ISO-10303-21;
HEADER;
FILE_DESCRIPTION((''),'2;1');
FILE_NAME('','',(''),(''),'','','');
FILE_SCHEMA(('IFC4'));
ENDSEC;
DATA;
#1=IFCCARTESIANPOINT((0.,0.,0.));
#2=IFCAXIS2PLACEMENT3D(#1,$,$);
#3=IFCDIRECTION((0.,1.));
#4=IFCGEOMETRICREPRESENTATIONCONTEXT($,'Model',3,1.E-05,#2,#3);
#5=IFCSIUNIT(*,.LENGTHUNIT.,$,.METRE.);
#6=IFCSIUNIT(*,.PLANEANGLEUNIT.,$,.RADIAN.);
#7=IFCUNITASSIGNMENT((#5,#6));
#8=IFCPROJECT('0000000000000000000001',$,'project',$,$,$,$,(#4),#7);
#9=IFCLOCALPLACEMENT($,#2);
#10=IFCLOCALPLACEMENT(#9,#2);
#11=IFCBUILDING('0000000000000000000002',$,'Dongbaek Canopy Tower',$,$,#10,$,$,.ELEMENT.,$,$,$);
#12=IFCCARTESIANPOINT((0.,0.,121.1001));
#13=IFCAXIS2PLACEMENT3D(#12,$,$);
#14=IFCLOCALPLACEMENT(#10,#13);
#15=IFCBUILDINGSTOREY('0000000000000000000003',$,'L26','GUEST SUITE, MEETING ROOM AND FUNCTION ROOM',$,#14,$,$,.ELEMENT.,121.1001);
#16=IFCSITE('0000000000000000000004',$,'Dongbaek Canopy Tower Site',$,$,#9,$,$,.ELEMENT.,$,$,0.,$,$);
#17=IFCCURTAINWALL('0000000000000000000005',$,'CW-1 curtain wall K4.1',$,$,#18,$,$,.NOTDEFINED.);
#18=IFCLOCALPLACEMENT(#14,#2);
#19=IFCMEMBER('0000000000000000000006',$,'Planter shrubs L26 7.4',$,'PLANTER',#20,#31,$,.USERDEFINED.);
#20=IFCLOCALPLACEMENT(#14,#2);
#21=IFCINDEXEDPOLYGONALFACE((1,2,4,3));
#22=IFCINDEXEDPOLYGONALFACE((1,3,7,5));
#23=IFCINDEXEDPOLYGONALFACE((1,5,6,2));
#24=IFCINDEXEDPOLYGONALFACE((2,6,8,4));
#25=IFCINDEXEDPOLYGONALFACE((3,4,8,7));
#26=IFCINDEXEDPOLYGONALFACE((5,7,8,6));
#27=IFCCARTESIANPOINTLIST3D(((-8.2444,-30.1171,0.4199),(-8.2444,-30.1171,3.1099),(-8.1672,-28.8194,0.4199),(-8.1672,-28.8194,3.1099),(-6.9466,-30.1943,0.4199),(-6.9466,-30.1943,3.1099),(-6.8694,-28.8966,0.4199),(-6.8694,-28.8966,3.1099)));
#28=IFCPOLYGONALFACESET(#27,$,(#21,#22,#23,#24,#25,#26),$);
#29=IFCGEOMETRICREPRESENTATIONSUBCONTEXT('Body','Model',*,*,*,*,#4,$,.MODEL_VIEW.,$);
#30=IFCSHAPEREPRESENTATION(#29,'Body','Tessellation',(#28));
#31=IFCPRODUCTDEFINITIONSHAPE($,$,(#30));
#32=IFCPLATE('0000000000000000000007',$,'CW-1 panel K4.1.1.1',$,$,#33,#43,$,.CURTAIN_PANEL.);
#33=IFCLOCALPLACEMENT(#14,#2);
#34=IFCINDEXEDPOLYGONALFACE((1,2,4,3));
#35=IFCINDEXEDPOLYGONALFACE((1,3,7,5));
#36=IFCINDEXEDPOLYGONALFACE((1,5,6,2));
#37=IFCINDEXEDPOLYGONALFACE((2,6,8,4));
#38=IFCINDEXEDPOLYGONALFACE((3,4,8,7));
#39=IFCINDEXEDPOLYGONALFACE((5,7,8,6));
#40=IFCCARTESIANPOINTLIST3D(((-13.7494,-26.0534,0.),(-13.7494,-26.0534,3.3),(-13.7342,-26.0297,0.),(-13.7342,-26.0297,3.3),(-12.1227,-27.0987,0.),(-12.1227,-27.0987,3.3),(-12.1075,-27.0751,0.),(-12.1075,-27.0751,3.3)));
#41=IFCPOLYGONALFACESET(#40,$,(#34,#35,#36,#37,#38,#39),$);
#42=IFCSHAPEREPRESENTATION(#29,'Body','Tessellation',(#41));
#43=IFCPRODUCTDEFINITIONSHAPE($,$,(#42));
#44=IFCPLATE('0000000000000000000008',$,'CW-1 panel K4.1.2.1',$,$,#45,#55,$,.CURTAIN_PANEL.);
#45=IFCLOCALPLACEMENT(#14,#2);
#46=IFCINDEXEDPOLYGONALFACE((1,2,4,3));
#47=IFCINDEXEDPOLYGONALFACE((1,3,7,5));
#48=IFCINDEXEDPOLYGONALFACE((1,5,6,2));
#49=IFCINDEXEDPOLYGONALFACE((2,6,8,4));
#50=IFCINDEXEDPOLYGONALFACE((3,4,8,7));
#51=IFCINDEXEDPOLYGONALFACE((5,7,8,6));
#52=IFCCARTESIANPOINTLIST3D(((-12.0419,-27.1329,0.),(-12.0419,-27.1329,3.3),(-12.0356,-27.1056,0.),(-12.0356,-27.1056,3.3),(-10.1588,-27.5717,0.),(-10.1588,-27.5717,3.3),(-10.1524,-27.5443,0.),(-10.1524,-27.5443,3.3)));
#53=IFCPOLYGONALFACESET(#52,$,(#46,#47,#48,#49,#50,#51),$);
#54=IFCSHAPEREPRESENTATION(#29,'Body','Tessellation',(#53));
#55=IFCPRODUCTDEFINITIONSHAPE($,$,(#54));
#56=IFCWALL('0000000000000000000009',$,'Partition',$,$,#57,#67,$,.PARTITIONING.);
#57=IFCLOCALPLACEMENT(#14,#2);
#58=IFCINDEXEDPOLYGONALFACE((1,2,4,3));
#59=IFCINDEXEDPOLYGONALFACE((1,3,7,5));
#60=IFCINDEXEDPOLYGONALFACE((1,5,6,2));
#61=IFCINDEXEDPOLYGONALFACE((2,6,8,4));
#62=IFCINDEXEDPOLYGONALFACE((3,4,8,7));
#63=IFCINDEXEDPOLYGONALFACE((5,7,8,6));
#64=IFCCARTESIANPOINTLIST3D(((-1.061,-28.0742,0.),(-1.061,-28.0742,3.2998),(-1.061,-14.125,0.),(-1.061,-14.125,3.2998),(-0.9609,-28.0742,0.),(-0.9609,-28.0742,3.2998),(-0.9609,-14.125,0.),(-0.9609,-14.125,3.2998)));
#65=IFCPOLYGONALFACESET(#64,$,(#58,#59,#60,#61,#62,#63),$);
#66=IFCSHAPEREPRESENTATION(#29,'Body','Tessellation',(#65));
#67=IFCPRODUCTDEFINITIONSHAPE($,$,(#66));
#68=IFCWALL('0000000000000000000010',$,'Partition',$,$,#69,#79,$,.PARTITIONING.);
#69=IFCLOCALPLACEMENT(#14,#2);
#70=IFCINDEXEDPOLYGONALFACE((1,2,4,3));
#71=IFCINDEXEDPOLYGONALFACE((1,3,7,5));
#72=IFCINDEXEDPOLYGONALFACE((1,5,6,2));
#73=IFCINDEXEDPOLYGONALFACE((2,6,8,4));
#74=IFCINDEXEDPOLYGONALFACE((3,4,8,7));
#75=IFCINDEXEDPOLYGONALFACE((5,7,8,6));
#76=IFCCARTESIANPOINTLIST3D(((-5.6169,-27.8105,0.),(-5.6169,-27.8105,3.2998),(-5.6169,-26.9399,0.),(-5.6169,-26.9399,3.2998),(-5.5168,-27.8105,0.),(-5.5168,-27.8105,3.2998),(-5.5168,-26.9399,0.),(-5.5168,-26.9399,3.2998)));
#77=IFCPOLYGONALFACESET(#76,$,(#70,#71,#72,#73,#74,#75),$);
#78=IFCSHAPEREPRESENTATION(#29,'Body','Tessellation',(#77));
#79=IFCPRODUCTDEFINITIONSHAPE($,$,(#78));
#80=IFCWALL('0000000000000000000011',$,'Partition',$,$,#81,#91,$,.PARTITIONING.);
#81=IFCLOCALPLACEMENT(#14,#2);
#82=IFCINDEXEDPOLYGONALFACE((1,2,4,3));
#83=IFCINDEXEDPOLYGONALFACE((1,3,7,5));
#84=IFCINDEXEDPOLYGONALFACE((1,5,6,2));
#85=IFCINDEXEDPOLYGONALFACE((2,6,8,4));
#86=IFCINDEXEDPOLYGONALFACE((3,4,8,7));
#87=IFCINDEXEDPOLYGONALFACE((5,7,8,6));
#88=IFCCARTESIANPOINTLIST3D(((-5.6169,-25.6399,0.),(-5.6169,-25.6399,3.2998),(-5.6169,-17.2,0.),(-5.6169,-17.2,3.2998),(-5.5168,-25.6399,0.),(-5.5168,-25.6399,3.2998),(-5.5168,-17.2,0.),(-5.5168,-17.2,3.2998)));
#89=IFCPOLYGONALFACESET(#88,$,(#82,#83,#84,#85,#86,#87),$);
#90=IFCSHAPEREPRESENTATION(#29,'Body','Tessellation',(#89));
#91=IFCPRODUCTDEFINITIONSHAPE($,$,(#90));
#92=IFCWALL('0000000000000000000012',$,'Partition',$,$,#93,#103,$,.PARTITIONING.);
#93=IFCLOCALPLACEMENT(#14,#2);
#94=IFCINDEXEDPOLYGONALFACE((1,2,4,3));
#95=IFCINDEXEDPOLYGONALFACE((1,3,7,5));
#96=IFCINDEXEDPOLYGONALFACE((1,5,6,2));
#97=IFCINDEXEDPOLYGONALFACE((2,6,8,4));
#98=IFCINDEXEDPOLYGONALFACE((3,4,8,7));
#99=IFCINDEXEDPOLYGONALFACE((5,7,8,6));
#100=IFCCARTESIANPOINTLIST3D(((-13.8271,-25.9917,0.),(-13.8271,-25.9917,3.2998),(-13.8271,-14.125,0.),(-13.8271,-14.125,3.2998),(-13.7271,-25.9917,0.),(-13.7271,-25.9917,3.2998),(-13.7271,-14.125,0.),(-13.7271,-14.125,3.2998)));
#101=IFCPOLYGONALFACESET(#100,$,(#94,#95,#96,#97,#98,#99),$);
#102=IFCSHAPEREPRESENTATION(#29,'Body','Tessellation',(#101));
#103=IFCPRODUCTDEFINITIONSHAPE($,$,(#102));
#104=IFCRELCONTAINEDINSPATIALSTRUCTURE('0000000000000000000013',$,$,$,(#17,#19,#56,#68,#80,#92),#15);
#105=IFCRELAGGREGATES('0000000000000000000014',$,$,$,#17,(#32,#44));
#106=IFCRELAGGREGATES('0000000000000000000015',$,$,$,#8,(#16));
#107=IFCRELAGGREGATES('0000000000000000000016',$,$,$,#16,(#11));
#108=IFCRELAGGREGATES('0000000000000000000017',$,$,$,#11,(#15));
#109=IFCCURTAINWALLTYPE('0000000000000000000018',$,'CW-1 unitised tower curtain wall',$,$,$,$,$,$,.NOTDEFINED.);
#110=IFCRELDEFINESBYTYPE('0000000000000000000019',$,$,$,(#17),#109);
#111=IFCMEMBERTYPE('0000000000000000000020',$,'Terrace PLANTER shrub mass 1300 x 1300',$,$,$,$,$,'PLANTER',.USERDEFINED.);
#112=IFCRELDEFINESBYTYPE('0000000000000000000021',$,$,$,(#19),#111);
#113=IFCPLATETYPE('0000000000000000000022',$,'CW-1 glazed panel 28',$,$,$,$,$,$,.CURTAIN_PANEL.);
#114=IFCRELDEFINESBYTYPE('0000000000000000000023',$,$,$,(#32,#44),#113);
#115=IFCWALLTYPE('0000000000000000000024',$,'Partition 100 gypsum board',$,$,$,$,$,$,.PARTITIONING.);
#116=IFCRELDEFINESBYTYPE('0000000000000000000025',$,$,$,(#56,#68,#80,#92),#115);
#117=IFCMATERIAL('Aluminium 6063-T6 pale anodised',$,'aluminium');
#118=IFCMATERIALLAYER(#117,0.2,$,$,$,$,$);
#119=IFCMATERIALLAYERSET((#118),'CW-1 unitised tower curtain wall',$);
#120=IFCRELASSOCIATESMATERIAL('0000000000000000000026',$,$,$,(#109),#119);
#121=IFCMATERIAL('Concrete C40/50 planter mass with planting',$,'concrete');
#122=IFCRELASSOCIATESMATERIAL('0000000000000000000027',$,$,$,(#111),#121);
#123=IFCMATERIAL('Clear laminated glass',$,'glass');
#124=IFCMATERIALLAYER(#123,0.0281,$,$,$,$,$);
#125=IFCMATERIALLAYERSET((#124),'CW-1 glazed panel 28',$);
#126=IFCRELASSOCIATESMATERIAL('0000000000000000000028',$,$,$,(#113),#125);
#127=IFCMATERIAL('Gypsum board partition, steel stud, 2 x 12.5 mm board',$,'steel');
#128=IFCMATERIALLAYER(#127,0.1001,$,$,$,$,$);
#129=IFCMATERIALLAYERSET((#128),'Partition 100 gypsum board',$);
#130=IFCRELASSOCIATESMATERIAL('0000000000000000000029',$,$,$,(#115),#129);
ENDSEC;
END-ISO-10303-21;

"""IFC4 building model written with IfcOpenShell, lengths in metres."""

from ifc_helpers import new_model, si_unit, direction, frame, frame_2d, origin, origin_2d, place, context, subcontext, project, spatial, rectangle, extrude, material, layer, layer_set, material_profile, profile_set, type_object, element, aggregate, save


model = new_model("IFC4")

# Units and contexts
model_context = context("Model", 3, precision=1e-05, world=origin(), true_north=direction((0.0, 1.0)))
body_context = subcontext(model_context, "Body", "Model", "MODEL_VIEW")
ifc_project = project(units=[si_unit("LENGTHUNIT", "METRE"), si_unit("PLANEANGLEUNIT", "RADIAN")], contexts=[model_context])

# Site, building, storey
site_placement = place(None, origin())
site = spatial("IfcSite", under=ifc_project, at=site_placement, Name="Dongbaek Canopy Tower Site", CompositionType="ELEMENT", RefElevation=0.0)
building_placement = place(site_placement, origin())
building = spatial("IfcBuilding", under=site, at=building_placement, Name="Dongbaek Canopy Tower", CompositionType="ELEMENT")
storey_placement = place(building_placement, frame((0.0, 0.0, 121.1001)))
storey = spatial("IfcBuildingStorey", under=building, at=storey_placement, Name="L26", Description="GUEST SUITE, MEETING ROOM AND FUNCTION ROOM", CompositionType="ELEMENT", Elevation=121.1001)

# Curtain wall
ifc_material_1 = material(Name="Aluminium 6063-T6 pale anodised", Category="aluminium")
ifc_layer_1 = layer(ifc_material_1, 0.2)
ifc_layer_set_1 = layer_set([ifc_layer_1], Name="CW-1 unitised tower curtain wall")
curtain_wall_type = type_object("IfcCurtainWallType", Name="CW-1 unitised tower curtain wall", PredefinedType="NOTDEFINED", material=ifc_layer_set_1)
curtain_wall_placement = place(storey_placement, origin())
curtain_wall = element("IfcCurtainWall", 1, at=curtain_wall_placement, inside=storey, type_object=curtain_wall_type, Name="CW-1 curtain wall K4.1", PredefinedType="NOTDEFINED")

# Member
ifc_material_2 = material(Name="Concrete C40/50 planter mass with planting", Category="concrete")
ifc_material_profile_1 = material_profile(ifc_material_2, rectangle(XDim=1.3, YDim=1.3, at=origin_2d()), Name="Terrace PLANTER shrub mass 1300 x 1300")
ifc_profile_set_1 = profile_set([ifc_material_profile_1], Name="Concrete C40/50 planter mass with planting")
member_type_1 = type_object("IfcMemberType", Name="Terrace PLANTER shrub mass 1300 x 1300", ElementType="PLANTER", PredefinedType="USERDEFINED", material=ifc_profile_set_1)
member_1_placement = place(storey_placement, frame((-7.5569, -29.5068, 0.4199), z_axis=(0.0, 0.0, 1.0), x_axis=(-0.059395, -0.998235, 0.0)))
element("IfcMember", 2, at=member_1_placement, inside=storey, type_object=member_type_1, Name="Planter shrubs L26 7.4", ObjectType="PLANTER", PredefinedType="USERDEFINED", context=body_context, shape_type="SweptSolid", body=[
    extrude(rectangle(XDim=1.3, YDim=1.3, at=origin_2d()), origin(), (0.0, 0.0, 1.0), 2.6899),
])

# Plates
ifc_material_3 = material(Name="Clear laminated glass", Category="glass")
ifc_layer_2 = layer(ifc_material_3, 0.0281)
ifc_layer_set_2 = layer_set([ifc_layer_2], Name="CW-1 glazed panel 28")
plate_type = type_object("IfcPlateType", Name="CW-1 glazed panel 28", PredefinedType="CURTAIN_PANEL", material=ifc_layer_set_2)
plate_1_placement = place(storey_placement, frame((-12.9285, -26.5642, 0.0), z_axis=(0.0, 0.0, 1.0), x_axis=(0.841271, -0.540614, 0.0)))
plate_1 = element("IfcPlate", 3, at=plate_1_placement, type_object=plate_type, Name="CW-1 panel K4.1.1.1", PredefinedType="CURTAIN_PANEL", context=body_context, shape_type="SweptSolid", body=[
    extrude(rectangle(XDim=1.9336, YDim=0.0281, at=origin_2d()), origin(), (0.0, 0.0, 1.0), 3.3),
])
plate_2_placement = place(storey_placement, frame((-11.0972, -27.3386, 0.0), z_axis=(0.0, 0.0, 1.0), x_axis=(0.973914, -0.226919, 0.0)))
plate_2 = element("IfcPlate", 4, at=plate_2_placement, type_object=plate_type, Name="CW-1 panel K4.1.2.1", PredefinedType="CURTAIN_PANEL", context=body_context, shape_type="SweptSolid", body=[
    extrude(rectangle(XDim=1.9336, YDim=0.0281, at=origin_2d()), origin(), (0.0, 0.0, 1.0), 3.3),
])
aggregate(curtain_wall, [plate_1, plate_2])

# Walls
ifc_material_4 = material(Name="Gypsum board partition, steel stud, 2 x 12.5 mm board", Category="steel")
ifc_layer_3 = layer(ifc_material_4, 0.1001)
ifc_layer_set_3 = layer_set([ifc_layer_3], Name="Partition 100 gypsum board")
wall_type_1 = type_object("IfcWallType", Name="Partition 100 gypsum board", PredefinedType="PARTITIONING", material=ifc_layer_set_3)
wall_1_placement = place(storey_placement, frame((-1.011, -28.0742, 0.0), z_axis=(0.0, 0.0, 1.0), x_axis=(0.0, 1.0, 0.0)))
element("IfcWall", 5, at=wall_1_placement, inside=storey, type_object=wall_type_1, Name="Partition", PredefinedType="PARTITIONING", context=body_context, shape_type="SweptSolid", body=[
    extrude(rectangle(XDim=13.9492, YDim=0.1001, at=frame_2d((6.9746, 0.0))), origin(), (0.0, 0.0, 1.0), 3.2998),
])
wall_2_placement = place(storey_placement, frame((-5.5669, -27.8105, 0.0), z_axis=(0.0, 0.0, 1.0), x_axis=(0.0, 1.0, 0.0)))
element("IfcWall", 6, at=wall_2_placement, inside=storey, type_object=wall_type_1, Name="Partition", PredefinedType="PARTITIONING", context=body_context, shape_type="SweptSolid", body=[
    extrude(rectangle(XDim=0.8706, YDim=0.1001, at=frame_2d((0.4353, 0.0))), origin(), (0.0, 0.0, 1.0), 3.2998),
])
wall_3_placement = place(storey_placement, frame((-5.5669, -25.6399, 0.0), z_axis=(0.0, 0.0, 1.0), x_axis=(0.0, 1.0, 0.0)))
element("IfcWall", 7, at=wall_3_placement, inside=storey, type_object=wall_type_1, Name="Partition", PredefinedType="PARTITIONING", context=body_context, shape_type="SweptSolid", body=[
    extrude(rectangle(XDim=8.4399, YDim=0.1001, at=frame_2d((4.22, 0.0))), origin(), (0.0, 0.0, 1.0), 3.2998),
])
wall_4_placement = place(storey_placement, frame((-13.7771, -25.9917, 0.0), z_axis=(0.0, 0.0, 1.0), x_axis=(0.0, 1.0, 0.0)))
element("IfcWall", 8, at=wall_4_placement, inside=storey, type_object=wall_type_1, Name="Partition", PredefinedType="PARTITIONING", context=body_context, shape_type="SweptSolid", body=[
    extrude(rectangle(XDim=11.8667, YDim=0.1001, at=frame_2d((5.9333, 0.0))), origin(), (0.0, 0.0, 1.0), 3.2998),
])

save(model, "model.ifc")
